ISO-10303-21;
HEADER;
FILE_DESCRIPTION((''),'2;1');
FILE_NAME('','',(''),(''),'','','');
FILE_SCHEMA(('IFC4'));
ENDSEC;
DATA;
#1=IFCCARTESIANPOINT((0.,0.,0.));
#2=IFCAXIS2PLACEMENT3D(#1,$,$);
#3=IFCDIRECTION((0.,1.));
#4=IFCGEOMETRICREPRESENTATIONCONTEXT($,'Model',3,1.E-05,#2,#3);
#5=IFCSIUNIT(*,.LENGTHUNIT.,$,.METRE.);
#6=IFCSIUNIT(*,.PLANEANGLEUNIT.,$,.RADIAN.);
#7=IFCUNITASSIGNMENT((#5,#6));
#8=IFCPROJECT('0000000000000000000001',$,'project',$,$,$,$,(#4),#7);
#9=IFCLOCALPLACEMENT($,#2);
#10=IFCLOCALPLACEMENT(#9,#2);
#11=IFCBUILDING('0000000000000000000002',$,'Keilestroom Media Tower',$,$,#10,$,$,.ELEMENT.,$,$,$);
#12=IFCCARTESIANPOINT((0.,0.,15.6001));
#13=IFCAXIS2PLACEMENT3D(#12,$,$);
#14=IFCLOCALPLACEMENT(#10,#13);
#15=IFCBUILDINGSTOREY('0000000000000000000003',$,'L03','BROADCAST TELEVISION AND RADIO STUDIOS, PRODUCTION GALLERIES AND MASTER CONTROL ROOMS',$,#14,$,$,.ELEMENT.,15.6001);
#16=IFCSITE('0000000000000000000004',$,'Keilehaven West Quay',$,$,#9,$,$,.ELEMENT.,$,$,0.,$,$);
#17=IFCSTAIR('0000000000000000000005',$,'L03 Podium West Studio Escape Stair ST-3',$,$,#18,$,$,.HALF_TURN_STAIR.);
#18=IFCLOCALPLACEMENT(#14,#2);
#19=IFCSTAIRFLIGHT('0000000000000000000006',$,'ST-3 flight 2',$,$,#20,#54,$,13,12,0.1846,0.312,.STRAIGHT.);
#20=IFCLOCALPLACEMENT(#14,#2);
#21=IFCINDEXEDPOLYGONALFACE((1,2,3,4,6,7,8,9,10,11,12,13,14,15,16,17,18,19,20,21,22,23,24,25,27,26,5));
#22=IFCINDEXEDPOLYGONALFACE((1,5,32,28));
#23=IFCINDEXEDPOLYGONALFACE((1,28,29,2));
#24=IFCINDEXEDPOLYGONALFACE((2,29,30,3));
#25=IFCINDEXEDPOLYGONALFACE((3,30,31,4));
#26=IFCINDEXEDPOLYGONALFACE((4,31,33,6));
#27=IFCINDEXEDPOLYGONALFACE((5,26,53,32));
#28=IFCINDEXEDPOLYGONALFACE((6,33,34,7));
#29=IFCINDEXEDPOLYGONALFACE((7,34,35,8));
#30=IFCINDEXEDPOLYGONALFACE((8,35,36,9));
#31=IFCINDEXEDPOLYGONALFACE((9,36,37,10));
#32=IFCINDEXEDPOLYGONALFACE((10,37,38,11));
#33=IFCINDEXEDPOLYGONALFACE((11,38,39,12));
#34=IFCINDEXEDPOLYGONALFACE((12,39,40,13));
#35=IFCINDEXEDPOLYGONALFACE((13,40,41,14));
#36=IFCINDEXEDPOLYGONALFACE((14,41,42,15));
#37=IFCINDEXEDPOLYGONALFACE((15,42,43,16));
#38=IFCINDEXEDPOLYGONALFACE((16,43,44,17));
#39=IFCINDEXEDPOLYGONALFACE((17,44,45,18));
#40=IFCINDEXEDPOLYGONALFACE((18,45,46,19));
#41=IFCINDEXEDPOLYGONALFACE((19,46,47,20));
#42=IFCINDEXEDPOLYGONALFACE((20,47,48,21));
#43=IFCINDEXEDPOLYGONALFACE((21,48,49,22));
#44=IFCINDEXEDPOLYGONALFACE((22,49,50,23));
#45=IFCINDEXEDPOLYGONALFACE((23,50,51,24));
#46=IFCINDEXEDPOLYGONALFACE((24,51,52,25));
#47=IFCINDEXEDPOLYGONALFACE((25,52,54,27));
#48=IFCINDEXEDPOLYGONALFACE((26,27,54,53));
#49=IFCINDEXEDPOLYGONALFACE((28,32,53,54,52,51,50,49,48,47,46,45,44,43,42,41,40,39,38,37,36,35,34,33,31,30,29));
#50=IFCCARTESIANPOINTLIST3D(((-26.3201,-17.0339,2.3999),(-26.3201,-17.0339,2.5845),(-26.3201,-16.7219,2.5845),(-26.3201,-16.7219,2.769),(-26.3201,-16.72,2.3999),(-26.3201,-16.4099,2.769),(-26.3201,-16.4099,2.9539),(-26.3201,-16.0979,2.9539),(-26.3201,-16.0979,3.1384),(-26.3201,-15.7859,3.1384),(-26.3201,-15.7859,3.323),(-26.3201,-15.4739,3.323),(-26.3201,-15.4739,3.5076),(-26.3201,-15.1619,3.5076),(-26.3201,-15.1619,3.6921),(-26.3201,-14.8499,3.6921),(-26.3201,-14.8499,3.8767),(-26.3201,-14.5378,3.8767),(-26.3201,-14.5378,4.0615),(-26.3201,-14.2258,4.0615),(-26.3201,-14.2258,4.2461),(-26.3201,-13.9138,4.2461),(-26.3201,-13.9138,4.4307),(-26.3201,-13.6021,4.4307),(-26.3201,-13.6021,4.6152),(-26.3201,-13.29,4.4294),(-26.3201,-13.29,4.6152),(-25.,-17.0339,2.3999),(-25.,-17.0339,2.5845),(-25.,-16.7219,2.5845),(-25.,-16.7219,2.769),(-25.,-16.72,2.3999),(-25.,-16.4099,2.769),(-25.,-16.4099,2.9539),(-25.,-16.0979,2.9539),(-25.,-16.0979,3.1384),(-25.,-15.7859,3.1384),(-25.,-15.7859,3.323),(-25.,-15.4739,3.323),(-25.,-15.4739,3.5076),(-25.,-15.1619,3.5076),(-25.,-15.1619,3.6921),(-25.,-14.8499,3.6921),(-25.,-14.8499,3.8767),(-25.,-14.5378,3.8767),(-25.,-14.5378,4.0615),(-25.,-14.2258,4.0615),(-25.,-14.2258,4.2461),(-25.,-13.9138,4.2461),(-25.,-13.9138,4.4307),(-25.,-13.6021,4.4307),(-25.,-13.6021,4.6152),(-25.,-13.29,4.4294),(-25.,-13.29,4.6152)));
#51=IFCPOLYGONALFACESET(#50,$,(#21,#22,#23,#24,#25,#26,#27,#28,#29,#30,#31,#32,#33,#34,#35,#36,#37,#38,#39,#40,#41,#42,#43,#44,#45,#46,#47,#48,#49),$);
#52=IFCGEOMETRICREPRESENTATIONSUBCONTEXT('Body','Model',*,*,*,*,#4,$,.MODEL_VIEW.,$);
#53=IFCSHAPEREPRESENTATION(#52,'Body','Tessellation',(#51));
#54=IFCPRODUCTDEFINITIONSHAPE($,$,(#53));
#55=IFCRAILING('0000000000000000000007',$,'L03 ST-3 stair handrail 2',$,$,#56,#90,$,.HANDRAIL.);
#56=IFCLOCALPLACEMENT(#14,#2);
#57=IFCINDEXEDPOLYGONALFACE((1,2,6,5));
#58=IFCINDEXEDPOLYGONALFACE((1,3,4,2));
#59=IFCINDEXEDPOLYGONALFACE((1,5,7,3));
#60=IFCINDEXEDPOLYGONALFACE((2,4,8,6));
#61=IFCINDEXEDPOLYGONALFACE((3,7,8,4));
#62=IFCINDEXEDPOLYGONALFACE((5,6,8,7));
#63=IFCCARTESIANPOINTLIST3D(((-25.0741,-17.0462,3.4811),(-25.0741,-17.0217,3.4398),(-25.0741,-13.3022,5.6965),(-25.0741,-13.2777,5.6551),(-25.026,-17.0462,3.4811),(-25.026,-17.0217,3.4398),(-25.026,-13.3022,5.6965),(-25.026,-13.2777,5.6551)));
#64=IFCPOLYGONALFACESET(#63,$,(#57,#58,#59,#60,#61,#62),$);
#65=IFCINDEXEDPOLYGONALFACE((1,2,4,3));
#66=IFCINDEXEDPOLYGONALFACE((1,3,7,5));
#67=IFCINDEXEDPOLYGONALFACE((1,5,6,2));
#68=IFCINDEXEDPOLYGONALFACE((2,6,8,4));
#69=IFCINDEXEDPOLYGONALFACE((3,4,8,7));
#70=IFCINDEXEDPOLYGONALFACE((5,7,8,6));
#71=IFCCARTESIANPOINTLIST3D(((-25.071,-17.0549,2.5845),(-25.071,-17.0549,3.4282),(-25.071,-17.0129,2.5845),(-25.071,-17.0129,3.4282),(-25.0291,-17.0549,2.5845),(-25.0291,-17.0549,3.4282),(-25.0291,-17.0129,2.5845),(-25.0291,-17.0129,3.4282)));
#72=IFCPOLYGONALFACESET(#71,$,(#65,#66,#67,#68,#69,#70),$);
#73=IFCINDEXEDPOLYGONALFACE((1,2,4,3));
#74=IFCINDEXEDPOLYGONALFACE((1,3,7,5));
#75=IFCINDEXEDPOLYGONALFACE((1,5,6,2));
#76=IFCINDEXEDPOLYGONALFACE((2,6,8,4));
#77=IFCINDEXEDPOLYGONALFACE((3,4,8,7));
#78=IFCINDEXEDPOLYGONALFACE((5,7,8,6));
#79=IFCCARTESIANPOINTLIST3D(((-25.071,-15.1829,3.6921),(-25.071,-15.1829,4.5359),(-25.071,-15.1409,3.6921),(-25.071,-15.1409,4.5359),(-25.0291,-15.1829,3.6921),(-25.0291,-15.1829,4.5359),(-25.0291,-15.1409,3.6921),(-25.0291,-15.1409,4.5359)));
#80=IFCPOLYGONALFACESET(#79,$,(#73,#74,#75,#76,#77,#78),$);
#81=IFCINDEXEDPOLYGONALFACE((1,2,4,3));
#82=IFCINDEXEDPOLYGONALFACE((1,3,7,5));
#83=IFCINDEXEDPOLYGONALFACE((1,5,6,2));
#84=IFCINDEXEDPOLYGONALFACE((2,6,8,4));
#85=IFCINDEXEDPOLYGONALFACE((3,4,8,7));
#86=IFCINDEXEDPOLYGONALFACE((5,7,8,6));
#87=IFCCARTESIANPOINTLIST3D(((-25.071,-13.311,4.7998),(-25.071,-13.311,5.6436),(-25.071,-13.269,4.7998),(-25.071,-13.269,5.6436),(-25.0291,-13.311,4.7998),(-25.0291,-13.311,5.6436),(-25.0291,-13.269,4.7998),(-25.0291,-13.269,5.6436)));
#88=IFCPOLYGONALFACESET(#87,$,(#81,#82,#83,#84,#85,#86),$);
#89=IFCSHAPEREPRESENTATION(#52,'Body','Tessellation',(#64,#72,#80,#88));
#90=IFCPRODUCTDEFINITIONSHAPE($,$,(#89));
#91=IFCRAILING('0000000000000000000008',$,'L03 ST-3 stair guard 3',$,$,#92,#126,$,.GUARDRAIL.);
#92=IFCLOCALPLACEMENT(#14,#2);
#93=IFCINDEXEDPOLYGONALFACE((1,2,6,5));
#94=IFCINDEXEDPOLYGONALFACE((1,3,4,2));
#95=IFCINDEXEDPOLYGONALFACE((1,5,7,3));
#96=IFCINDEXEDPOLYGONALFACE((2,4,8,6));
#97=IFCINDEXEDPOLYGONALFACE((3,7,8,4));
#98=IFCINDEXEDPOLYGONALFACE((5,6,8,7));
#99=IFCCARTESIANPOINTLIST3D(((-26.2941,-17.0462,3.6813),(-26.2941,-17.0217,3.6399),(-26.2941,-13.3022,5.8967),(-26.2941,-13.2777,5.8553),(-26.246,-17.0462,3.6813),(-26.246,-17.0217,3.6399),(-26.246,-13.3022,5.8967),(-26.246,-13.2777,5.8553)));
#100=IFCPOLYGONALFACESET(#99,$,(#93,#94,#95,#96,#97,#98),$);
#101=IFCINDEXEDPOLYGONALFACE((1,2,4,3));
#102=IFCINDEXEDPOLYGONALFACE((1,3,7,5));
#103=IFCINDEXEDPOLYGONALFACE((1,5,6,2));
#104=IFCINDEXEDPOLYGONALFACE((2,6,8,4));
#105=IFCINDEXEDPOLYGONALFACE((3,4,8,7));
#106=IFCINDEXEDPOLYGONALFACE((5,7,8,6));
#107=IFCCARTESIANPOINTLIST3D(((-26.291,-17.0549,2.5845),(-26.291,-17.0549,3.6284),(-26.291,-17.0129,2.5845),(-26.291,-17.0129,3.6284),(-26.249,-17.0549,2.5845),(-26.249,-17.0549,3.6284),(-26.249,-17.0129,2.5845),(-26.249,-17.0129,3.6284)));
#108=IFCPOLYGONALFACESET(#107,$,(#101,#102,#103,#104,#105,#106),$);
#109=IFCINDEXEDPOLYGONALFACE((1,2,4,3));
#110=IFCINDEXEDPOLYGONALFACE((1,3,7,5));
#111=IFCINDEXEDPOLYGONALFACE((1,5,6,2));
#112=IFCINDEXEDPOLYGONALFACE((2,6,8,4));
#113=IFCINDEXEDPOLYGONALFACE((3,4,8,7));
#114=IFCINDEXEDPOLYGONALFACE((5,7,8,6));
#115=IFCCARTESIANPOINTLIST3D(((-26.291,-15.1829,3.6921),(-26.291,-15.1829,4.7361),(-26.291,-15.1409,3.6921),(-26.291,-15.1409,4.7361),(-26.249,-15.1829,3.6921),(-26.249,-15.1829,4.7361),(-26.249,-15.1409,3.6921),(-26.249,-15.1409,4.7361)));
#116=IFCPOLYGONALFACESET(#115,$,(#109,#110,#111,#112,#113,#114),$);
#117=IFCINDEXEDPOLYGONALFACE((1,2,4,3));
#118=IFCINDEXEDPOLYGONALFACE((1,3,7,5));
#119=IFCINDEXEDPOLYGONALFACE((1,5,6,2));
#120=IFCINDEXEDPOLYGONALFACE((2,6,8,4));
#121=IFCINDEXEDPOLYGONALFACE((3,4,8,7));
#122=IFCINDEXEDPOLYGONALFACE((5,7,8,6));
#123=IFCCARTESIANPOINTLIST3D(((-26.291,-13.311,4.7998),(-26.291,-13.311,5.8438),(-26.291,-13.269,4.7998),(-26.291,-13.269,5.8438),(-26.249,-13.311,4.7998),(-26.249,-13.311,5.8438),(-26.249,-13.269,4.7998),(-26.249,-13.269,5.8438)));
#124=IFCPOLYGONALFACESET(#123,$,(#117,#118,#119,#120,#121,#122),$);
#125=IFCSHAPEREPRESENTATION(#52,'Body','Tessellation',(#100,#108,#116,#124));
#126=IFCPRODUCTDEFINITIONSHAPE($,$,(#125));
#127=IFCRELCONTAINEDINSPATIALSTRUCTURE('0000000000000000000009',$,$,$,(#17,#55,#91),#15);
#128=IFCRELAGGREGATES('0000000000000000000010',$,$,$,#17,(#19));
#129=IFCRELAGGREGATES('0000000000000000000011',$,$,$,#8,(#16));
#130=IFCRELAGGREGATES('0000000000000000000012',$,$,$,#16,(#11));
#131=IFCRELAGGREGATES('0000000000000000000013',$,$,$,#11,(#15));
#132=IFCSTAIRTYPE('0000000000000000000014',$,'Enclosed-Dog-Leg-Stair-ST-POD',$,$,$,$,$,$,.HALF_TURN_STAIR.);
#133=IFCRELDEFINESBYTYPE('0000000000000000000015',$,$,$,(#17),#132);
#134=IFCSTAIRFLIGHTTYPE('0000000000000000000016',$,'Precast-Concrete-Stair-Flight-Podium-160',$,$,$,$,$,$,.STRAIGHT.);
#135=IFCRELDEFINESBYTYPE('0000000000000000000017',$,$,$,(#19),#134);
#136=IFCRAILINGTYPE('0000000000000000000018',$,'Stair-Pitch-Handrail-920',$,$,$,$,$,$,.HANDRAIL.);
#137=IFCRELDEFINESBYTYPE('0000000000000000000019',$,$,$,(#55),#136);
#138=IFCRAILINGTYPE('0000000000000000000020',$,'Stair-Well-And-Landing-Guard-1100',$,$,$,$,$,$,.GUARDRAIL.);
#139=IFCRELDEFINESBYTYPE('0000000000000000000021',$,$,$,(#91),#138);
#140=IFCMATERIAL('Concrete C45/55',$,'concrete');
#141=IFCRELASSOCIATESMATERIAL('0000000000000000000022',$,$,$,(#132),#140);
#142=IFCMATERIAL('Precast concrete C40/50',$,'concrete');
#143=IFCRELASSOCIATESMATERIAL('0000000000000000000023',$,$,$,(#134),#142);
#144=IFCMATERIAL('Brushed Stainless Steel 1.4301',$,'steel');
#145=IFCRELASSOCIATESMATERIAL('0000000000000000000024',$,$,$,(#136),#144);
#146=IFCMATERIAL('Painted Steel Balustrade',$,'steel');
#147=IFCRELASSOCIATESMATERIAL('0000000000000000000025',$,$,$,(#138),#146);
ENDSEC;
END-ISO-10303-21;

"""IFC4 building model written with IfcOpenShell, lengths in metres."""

from ifc_helpers import new_model, si_unit, direction, frame, origin, origin_2d, place, context, subcontext, project, spatial, polyline, rectangle, outline, extrude, material, type_object, element, aggregate, save


model = new_model("IFC4")

# Units and contexts
model_context = context("Model", 3, precision=1e-05, world=origin(), true_north=direction((0.0, 1.0)))
body_context = subcontext(model_context, "Body", "Model", "MODEL_VIEW")
ifc_project = project(units=[si_unit("LENGTHUNIT", "METRE"), si_unit("PLANEANGLEUNIT", "RADIAN")], contexts=[model_context])

# Site, building, storey
site_placement = place(None, origin())
site = spatial("IfcSite", under=ifc_project, at=site_placement, Name="Keilehaven West Quay", CompositionType="ELEMENT", RefElevation=0.0)
building_placement = place(site_placement, origin())
building = spatial("IfcBuilding", under=site, at=building_placement, Name="Keilestroom Media Tower", CompositionType="ELEMENT")
storey_placement = place(building_placement, frame((0.0, 0.0, 15.6001)))
storey = spatial("IfcBuildingStorey", under=building, at=storey_placement, Name="L03", Description="BROADCAST TELEVISION AND RADIO STUDIOS, PRODUCTION GALLERIES AND MASTER CONTROL ROOMS", CompositionType="ELEMENT", Elevation=15.6001)

# Shared definitions
ifc_material_1 = material(Name="Precast concrete C40/50", Category="concrete")

# Shared definitions
ifc_material_2 = material(Name="Concrete C45/55", Category="concrete")

# Stair, stair flight
stair_type = type_object("IfcStairType", Name="Enclosed-Dog-Leg-Stair-ST-POD", PredefinedType="HALF_TURN_STAIR", material=ifc_material_2)
stair_placement = place(storey_placement, origin())
stair = element("IfcStair", 1, at=stair_placement, inside=storey, type_object=stair_type, Name="L03 Podium West Studio Escape Stair ST-3", PredefinedType="HALF_TURN_STAIR")
stair_flight_type = type_object("IfcStairFlightType", Name="Precast-Concrete-Stair-Flight-Podium-160", PredefinedType="STRAIGHT", material=ifc_material_1)
stair_flight_placement = place(storey_placement, frame((-25.6599, -17.0339, 2.3999), z_axis=(0.0, 0.0, 1.0), x_axis=(0.0, 1.0, 0.0)))
stair_flight = element("IfcStairFlight", 2, at=stair_flight_placement, type_object=stair_flight_type, Name="ST-3 flight 2", NumberOfRisers=13, NumberOfTreads=12, PredefinedType="STRAIGHT", RiserHeight=0.1846, TreadLength=0.312, context=body_context, shape_type="SweptSolid", body=[
    extrude(outline(polyline([(0.0, 0.0), (0.0, 0.1846), (0.312, 0.1846), (0.312, 0.3691), (0.624, 0.3691), (0.624, 0.554), (0.936, 0.554), (0.936, 0.7385), (1.248, 0.7385), (1.248, 0.9231), (1.5601, 0.9231), (1.5601, 1.1077), (1.8721, 1.1077), (1.8721, 1.2922), (2.1841, 1.2922), (2.1841, 1.4768), (2.4961, 1.4768), (2.4961, 1.6616), (2.8081, 1.6616), (2.8081, 1.8462), (3.1201, 1.8462), (3.1201, 2.0308), (3.4319, 2.0308), (3.4319, 2.2153), (3.7439, 2.2153), (3.7439, 2.3999), (3.7439, 2.0295), (0.314, 0.0), (0.0, 0.0)])), frame((0.0, 0.6602, 0.0), z_axis=(0.0, -1.0, 0.0), x_axis=(1.0, 0.0, 0.0)), (0.0, 0.0, 1.0), 1.3201),
])
aggregate(stair, [stair_flight])

# Railings
ifc_material_3 = material(Name="Brushed Stainless Steel 1.4301", Category="steel")
railing_type_1 = type_object("IfcRailingType", Name="Stair-Pitch-Handrail-920", PredefinedType="HANDRAIL", material=ifc_material_3)
railing_1_placement = place(storey_placement, frame((-25.05, -17.0339, 2.5845)))
element("IfcRailing", 3, at=railing_1_placement, inside=storey, type_object=railing_type_1, Name="L03 ST-3 stair handrail 2", PredefinedType="HANDRAIL", context=body_context, shape_type="SweptSolid", body=[
    extrude(rectangle(XDim=0.0481, YDim=0.0481, at=origin_2d()), frame((0.0, 0.0, 0.876), z_axis=(0.0, 0.860621, 0.509245), x_axis=(-1.0, 0.0, 0.0)), (0.0, 0.0, 1.0), 4.3503),
    extrude(rectangle(XDim=0.042, YDim=0.042, at=origin_2d()), origin(), (0.0, 0.0, 1.0), 0.8438),
    extrude(rectangle(XDim=0.042, YDim=0.042, at=origin_2d()), frame((0.0, 1.8721, 1.1077)), (0.0, 0.0, 1.0), 0.8438),
    extrude(rectangle(XDim=0.042, YDim=0.042, at=origin_2d()), frame((0.0, 3.7439, 2.2153)), (0.0, 0.0, 1.0), 0.8438),
])
ifc_material_4 = material(Name="Painted Steel Balustrade", Category="steel")
railing_type_2 = type_object("IfcRailingType", Name="Stair-Well-And-Landing-Guard-1100", PredefinedType="GUARDRAIL", material=ifc_material_4)
railing_2_placement = place(storey_placement, frame((-26.27, -17.0339, 2.5845)))
element("IfcRailing", 4, at=railing_2_placement, inside=storey, type_object=railing_type_2, Name="L03 ST-3 stair guard 3", PredefinedType="GUARDRAIL", context=body_context, shape_type="SweptSolid", body=[
    extrude(rectangle(XDim=0.0481, YDim=0.0481, at=origin_2d()), frame((0.0, 0.0, 1.0762), z_axis=(0.0, 0.860621, 0.509245), x_axis=(-1.0, 0.0, 0.0)), (0.0, 0.0, 1.0), 4.3503),
    extrude(rectangle(XDim=0.042, YDim=0.042, at=origin_2d()), origin(), (0.0, 0.0, 1.0), 1.0439),
    extrude(rectangle(XDim=0.042, YDim=0.042, at=origin_2d()), frame((0.0, 1.8721, 1.1077)), (0.0, 0.0, 1.0), 1.0439),
    extrude(rectangle(XDim=0.042, YDim=0.042, at=origin_2d()), frame((0.0, 3.7439, 2.2153)), (0.0, 0.0, 1.0), 1.0439),
])

save(model, "model.ifc")
